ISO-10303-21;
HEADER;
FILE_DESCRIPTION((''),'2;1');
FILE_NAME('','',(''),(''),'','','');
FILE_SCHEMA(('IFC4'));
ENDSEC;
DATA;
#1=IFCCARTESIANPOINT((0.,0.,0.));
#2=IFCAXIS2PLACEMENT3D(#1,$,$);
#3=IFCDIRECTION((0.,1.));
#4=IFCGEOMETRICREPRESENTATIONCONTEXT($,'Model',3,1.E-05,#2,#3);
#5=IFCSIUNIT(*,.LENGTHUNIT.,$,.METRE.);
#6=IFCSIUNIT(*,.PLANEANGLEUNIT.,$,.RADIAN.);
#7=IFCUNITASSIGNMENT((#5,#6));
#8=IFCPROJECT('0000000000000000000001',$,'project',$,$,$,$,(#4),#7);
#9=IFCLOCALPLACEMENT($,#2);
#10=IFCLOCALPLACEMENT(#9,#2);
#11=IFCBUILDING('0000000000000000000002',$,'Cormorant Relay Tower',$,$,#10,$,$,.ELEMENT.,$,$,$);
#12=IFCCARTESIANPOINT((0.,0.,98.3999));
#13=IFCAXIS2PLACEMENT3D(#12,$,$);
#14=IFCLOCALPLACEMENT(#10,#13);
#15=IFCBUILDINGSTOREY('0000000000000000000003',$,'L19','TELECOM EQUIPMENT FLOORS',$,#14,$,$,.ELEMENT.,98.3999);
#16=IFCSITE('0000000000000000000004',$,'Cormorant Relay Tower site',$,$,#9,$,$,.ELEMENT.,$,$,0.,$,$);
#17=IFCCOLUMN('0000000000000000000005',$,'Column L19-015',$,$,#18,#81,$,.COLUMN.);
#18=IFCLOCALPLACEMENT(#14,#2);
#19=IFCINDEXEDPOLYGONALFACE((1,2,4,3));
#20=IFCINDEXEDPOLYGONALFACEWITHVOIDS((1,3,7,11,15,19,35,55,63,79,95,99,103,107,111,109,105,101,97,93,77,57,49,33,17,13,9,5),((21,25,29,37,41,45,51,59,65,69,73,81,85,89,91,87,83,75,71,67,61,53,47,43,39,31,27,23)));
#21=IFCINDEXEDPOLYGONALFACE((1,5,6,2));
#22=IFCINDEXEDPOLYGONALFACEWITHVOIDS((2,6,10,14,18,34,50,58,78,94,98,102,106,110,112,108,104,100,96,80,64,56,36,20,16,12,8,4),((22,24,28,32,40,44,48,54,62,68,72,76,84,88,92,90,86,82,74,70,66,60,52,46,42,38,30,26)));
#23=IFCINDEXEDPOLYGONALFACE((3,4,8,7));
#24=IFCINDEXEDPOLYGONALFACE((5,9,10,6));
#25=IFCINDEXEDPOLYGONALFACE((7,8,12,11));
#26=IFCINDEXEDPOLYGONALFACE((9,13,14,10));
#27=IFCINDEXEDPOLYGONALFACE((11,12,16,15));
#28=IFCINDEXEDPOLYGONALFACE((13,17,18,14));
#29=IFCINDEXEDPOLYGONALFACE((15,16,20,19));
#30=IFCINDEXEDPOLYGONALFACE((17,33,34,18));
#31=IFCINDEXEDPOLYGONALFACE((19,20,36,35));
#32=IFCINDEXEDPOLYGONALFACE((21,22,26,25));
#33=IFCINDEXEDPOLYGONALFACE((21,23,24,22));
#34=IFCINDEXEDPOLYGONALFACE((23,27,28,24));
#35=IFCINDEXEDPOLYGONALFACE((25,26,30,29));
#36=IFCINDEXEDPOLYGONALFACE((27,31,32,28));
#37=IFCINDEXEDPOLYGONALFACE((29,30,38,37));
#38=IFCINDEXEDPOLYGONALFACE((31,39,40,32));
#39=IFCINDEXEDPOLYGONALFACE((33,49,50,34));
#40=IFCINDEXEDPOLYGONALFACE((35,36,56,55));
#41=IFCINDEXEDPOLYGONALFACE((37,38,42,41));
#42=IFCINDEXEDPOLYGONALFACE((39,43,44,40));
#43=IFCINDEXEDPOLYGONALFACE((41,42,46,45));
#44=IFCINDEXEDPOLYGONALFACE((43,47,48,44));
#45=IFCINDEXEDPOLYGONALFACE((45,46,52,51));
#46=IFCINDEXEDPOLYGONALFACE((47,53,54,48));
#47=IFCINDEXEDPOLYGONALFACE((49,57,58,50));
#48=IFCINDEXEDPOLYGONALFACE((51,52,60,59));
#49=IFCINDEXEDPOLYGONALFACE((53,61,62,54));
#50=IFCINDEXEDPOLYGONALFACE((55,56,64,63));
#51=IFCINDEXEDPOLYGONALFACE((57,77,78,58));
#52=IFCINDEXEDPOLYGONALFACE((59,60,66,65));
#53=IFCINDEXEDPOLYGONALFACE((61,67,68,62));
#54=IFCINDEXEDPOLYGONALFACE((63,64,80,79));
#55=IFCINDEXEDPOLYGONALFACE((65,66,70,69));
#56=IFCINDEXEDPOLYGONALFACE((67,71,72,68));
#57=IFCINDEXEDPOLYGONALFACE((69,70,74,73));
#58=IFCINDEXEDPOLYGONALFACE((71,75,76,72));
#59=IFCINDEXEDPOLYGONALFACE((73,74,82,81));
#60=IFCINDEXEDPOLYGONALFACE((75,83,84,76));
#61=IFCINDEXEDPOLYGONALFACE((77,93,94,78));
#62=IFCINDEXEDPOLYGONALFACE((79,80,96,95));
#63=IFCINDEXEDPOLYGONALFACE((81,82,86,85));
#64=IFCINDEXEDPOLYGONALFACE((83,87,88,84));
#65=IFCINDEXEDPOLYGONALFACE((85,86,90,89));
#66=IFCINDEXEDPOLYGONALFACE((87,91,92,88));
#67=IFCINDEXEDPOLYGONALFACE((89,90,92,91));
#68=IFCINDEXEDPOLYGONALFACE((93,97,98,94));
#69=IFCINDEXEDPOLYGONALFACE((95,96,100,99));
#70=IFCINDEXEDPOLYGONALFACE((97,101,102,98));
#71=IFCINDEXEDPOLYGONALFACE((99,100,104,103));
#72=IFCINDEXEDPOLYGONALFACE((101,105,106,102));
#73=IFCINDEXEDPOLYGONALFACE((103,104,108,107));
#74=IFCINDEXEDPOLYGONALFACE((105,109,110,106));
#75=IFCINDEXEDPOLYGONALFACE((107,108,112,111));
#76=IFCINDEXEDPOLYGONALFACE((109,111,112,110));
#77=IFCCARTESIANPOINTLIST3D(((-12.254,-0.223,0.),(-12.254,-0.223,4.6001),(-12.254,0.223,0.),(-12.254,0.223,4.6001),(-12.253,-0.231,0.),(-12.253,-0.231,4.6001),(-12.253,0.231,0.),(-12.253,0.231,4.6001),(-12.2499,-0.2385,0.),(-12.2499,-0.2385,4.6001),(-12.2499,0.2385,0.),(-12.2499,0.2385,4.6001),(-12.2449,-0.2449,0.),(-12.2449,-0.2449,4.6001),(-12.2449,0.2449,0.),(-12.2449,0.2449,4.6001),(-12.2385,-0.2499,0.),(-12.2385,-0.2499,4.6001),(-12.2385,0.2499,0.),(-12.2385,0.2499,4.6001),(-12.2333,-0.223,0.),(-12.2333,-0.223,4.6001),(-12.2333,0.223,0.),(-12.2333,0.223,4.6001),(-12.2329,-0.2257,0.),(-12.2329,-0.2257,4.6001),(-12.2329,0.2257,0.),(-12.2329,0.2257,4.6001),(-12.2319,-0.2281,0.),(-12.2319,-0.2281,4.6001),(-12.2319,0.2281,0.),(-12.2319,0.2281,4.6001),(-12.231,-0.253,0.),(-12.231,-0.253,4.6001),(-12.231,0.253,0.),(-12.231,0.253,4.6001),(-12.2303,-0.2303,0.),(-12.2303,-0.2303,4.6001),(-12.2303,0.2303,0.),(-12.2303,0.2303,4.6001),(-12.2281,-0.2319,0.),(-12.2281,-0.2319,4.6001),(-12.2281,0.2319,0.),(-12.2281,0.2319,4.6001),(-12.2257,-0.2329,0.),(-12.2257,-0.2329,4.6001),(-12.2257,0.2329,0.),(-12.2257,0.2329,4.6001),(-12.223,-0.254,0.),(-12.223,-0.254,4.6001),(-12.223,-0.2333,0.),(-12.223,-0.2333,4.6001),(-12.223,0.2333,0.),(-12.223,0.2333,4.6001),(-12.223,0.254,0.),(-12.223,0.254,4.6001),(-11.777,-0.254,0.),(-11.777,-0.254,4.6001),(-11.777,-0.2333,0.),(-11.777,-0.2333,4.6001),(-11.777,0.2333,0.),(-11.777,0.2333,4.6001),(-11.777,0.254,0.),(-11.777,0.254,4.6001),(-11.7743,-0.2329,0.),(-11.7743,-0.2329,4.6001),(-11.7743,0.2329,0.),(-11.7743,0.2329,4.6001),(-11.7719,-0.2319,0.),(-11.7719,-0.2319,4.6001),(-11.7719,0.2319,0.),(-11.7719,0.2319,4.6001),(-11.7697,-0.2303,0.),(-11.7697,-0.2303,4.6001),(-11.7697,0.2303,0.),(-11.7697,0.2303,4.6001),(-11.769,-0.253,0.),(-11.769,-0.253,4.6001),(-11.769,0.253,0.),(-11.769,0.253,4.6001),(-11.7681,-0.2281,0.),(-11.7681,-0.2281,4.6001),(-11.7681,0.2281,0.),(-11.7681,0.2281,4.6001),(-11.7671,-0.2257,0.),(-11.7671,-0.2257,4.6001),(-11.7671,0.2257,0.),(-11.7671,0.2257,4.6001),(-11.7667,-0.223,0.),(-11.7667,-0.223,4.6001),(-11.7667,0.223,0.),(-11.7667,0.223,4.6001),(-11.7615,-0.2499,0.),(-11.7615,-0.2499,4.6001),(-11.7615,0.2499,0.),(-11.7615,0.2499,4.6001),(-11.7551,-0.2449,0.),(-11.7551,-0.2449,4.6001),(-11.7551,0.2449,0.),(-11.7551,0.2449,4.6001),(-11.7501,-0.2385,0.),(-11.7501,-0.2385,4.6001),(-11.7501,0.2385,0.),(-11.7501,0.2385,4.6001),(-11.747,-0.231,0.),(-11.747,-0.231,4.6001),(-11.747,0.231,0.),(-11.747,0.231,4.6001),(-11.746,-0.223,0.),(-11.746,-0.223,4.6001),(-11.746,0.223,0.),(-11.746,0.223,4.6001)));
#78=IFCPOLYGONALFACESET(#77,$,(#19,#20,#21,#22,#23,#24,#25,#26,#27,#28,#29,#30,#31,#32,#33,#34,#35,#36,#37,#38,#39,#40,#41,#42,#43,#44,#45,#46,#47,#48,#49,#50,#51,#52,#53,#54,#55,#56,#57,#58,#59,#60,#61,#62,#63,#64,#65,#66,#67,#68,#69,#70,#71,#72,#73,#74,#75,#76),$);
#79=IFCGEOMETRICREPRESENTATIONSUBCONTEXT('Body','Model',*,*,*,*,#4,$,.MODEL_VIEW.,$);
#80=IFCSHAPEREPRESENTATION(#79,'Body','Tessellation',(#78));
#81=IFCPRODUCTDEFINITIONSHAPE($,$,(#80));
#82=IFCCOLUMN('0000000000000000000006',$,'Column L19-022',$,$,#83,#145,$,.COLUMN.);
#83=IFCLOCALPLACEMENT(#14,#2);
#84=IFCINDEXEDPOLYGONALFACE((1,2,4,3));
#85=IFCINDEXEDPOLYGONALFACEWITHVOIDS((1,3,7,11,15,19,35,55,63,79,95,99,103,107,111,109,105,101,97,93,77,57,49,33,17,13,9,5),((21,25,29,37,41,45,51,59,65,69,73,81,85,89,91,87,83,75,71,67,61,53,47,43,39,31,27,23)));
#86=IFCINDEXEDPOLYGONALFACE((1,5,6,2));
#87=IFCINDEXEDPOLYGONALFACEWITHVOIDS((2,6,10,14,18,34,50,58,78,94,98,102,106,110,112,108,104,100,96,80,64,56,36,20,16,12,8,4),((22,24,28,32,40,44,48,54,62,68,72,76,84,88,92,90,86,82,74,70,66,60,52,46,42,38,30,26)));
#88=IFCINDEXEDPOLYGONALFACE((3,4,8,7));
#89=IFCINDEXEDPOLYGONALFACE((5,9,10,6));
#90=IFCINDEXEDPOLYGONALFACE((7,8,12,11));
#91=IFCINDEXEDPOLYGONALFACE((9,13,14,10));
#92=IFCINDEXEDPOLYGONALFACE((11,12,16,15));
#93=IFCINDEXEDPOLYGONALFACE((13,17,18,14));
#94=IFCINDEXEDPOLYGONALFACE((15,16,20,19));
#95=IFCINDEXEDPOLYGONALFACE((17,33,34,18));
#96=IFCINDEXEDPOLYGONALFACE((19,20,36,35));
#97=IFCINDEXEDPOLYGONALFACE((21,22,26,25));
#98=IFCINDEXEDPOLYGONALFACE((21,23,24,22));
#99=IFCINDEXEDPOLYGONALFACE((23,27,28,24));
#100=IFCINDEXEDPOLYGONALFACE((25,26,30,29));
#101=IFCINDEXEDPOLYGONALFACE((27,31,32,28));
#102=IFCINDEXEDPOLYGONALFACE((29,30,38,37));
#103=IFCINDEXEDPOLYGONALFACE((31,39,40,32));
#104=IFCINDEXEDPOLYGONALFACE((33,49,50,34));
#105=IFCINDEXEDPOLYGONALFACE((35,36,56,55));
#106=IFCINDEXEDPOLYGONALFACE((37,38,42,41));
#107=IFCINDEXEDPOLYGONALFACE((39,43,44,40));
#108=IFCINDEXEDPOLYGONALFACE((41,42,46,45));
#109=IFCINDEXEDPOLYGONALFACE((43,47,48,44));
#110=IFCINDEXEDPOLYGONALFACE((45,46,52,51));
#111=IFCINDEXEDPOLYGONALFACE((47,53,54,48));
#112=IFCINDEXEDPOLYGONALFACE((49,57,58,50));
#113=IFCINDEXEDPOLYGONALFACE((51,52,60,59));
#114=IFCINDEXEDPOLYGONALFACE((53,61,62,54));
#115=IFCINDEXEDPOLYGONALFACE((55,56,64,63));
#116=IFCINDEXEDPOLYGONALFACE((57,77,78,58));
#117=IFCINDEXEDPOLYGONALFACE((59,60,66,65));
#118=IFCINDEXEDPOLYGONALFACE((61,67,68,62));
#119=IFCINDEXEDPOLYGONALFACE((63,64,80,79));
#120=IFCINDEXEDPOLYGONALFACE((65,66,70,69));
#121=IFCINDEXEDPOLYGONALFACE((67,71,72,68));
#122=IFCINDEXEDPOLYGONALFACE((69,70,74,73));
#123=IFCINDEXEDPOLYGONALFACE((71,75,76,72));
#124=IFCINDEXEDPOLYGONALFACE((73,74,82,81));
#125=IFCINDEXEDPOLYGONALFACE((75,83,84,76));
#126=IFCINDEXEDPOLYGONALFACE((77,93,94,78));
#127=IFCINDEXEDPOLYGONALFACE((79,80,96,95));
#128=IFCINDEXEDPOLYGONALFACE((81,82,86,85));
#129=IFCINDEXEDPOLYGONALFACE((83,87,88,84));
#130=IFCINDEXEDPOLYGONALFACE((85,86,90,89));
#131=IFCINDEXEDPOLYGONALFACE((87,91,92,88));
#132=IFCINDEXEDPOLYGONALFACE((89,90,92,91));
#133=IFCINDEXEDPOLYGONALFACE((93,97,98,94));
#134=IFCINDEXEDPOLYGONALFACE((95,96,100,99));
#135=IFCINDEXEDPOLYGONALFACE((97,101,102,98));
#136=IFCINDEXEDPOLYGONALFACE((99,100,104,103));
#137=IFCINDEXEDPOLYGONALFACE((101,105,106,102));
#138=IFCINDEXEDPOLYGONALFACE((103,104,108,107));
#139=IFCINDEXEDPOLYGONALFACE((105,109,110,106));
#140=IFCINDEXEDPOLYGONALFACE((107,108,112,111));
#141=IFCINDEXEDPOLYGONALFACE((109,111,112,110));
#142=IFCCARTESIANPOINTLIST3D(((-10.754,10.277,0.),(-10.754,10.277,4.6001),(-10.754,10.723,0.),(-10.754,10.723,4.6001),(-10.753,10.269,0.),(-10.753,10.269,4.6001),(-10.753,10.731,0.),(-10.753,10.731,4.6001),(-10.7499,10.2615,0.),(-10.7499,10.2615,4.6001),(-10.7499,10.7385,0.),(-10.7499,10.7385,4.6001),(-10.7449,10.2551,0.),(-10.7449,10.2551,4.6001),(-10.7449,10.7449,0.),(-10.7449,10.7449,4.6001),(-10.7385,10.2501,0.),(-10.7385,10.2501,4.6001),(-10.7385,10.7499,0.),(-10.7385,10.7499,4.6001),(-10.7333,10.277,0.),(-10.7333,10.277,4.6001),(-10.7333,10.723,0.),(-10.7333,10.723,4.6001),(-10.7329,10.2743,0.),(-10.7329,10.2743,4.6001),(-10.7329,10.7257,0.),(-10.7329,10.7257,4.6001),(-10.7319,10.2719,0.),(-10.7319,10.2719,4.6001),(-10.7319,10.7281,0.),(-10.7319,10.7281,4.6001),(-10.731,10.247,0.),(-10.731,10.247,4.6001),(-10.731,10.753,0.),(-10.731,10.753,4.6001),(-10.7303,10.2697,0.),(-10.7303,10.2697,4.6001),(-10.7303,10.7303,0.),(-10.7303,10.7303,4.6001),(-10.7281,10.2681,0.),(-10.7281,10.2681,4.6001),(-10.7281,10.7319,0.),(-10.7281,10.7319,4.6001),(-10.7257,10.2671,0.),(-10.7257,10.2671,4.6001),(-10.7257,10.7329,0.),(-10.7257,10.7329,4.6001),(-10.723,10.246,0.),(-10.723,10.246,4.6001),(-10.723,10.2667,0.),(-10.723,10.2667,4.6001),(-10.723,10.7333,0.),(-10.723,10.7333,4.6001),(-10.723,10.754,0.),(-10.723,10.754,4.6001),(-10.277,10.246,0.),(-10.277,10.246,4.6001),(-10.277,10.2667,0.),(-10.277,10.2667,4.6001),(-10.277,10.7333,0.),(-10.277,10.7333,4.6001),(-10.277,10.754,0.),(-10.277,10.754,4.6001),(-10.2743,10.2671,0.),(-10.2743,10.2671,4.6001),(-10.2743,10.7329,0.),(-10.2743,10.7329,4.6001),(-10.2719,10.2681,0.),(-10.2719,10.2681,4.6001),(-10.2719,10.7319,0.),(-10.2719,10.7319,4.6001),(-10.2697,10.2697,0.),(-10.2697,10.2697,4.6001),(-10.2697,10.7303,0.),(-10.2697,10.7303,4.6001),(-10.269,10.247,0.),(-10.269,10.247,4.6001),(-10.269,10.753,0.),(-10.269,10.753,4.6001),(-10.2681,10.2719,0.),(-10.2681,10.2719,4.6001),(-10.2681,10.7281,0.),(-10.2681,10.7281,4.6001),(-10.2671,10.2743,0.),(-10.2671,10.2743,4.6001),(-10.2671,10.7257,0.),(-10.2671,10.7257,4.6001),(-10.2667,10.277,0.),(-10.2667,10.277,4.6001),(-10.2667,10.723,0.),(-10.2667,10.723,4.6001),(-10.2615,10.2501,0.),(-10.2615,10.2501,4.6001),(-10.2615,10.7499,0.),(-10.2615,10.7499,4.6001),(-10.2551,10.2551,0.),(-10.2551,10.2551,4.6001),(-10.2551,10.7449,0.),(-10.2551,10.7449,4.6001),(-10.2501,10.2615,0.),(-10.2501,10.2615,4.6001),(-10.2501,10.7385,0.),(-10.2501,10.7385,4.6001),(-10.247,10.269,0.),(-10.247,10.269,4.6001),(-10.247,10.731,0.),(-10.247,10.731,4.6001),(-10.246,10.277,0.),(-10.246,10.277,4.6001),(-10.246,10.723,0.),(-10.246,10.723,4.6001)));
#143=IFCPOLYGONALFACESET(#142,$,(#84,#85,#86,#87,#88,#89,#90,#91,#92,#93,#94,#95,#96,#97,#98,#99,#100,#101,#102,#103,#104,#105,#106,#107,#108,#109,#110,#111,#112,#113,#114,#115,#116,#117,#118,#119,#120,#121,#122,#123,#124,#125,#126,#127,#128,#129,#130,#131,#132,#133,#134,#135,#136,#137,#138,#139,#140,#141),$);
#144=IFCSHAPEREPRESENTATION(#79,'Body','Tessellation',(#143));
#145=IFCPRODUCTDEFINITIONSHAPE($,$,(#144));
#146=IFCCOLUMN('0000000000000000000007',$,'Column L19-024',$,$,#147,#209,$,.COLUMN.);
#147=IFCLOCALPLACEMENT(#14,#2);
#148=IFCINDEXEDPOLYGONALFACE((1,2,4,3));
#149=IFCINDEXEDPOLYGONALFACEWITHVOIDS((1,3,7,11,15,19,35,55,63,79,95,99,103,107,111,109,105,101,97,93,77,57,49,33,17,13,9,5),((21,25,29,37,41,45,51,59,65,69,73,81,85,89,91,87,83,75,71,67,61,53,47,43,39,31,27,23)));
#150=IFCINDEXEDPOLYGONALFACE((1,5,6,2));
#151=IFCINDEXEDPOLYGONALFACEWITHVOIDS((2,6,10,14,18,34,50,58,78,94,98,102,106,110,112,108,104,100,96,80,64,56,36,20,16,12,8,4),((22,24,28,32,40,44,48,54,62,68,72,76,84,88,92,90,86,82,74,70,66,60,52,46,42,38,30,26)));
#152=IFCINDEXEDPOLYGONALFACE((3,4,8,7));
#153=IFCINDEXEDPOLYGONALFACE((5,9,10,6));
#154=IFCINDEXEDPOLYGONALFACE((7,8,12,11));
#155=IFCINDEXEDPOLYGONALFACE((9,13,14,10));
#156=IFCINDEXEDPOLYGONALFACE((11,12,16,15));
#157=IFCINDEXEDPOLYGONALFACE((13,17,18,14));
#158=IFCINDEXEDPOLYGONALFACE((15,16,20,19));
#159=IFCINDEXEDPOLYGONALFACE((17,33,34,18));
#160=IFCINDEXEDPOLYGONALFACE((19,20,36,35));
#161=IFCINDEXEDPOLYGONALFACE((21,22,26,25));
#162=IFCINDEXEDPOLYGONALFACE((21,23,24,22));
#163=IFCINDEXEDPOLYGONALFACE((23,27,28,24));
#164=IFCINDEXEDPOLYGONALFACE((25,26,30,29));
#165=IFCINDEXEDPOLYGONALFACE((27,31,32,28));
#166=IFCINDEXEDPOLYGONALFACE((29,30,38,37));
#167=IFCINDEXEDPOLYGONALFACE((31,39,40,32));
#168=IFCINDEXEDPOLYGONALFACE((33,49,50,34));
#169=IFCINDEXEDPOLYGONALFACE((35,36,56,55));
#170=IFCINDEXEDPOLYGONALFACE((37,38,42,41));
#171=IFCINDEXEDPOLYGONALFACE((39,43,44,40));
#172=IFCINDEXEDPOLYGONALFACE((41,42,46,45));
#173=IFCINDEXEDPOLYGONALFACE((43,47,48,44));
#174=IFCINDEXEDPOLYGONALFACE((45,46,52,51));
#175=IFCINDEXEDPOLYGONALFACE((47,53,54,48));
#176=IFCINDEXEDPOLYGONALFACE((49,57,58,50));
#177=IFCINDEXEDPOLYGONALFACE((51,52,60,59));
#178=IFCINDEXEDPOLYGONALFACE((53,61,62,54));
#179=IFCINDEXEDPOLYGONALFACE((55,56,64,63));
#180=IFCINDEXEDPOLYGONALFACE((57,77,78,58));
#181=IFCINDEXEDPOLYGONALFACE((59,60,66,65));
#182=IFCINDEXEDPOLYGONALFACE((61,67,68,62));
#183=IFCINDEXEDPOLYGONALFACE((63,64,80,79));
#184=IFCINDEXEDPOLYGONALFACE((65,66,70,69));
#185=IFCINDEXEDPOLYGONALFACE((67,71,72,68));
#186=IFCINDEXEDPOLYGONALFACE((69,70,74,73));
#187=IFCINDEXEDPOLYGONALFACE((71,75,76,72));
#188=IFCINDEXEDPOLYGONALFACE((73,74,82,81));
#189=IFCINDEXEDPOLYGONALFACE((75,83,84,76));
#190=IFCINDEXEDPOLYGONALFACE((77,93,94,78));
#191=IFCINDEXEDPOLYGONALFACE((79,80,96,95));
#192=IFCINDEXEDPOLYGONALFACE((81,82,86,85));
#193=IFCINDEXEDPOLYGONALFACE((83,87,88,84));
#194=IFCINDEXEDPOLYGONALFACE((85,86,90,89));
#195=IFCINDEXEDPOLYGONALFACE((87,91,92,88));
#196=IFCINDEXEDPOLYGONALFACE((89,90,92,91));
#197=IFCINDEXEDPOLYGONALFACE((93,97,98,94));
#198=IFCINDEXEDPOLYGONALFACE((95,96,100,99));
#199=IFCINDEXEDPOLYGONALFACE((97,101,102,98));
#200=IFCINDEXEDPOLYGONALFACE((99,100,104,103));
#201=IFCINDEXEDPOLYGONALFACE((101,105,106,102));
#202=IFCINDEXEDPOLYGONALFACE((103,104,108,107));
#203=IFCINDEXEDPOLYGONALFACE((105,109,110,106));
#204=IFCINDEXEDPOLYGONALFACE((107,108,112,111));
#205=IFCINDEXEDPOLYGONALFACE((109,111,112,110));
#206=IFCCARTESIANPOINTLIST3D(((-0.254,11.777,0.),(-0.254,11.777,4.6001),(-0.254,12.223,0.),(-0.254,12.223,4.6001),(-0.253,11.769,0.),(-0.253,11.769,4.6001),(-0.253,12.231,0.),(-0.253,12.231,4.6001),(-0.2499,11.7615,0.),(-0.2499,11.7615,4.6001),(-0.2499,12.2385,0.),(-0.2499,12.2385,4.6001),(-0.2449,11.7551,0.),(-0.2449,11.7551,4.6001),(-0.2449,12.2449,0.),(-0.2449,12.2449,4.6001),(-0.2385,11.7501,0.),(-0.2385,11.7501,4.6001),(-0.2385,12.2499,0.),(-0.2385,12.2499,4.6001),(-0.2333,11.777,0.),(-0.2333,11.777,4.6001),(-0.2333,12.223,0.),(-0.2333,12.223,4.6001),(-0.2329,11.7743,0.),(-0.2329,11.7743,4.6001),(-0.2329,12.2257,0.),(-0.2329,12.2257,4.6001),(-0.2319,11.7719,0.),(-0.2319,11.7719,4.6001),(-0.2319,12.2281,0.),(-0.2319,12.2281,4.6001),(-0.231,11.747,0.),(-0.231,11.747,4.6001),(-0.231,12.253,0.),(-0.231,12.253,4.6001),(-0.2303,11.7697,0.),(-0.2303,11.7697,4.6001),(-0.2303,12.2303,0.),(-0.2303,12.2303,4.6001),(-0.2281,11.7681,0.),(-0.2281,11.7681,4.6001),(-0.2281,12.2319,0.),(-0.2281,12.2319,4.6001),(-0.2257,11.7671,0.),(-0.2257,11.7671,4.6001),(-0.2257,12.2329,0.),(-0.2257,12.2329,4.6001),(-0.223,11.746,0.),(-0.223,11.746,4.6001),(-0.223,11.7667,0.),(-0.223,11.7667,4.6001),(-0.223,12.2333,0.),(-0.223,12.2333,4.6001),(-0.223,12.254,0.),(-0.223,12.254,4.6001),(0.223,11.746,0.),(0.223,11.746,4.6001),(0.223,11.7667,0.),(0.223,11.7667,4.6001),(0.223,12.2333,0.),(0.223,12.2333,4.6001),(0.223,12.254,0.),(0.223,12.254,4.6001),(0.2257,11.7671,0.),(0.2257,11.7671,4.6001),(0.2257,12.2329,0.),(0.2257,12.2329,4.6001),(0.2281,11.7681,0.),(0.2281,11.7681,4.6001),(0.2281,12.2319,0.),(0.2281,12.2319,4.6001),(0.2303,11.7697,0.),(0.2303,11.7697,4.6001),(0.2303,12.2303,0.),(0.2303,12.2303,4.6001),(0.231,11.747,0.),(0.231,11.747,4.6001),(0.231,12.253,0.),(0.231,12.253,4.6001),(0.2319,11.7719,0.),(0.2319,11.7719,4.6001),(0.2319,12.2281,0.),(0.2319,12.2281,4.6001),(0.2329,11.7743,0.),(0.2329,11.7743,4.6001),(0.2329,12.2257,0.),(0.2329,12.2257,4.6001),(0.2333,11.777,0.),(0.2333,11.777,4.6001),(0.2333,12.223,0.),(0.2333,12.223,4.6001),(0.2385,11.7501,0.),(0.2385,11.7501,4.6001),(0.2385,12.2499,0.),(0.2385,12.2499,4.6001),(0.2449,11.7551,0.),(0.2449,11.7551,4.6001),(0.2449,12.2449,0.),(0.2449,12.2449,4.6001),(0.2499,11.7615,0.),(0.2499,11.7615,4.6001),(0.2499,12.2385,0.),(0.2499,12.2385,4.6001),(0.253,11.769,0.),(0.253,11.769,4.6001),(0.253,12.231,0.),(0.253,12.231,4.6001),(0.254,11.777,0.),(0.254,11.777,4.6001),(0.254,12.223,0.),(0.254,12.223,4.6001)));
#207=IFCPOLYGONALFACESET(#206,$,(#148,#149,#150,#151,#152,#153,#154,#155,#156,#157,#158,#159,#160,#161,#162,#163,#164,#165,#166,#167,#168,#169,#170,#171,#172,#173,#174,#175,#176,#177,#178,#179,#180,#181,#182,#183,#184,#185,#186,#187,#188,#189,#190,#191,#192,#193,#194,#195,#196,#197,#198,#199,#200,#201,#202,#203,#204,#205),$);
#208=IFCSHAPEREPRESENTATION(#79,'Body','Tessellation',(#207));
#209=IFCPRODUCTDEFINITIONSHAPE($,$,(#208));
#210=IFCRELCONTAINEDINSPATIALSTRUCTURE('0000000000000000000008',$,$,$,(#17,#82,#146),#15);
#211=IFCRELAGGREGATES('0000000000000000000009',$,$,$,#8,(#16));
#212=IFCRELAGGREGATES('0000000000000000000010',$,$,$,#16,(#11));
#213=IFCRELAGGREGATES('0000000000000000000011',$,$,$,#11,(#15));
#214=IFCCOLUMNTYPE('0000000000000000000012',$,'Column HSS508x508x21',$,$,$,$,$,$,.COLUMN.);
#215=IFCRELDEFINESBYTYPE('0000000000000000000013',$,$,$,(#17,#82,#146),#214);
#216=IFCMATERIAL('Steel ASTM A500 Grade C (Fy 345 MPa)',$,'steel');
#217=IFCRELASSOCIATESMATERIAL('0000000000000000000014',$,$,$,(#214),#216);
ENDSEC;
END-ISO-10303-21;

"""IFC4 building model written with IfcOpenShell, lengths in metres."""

from ifc_helpers import new_model, si_unit, direction, frame, origin, origin_2d, place, context, subcontext, project, spatial, hollow_rectangle, extrude, material, material_profile, profile_set, type_object, element, save


model = new_model("IFC4")

# Units and contexts
model_context = context("Model", 3, precision=1e-05, world=origin(), true_north=direction((0.0, 1.0)))
body_context = subcontext(model_context, "Body", "Model", "MODEL_VIEW")
ifc_project = project(units=[si_unit("LENGTHUNIT", "METRE"), si_unit("PLANEANGLEUNIT", "RADIAN")], contexts=[model_context])

# Site, building, storey
site_placement = place(None, origin())
site = spatial("IfcSite", under=ifc_project, at=site_placement, Name="Cormorant Relay Tower site", CompositionType="ELEMENT", RefElevation=0.0)
building_placement = place(site_placement, origin())
building = spatial("IfcBuilding", under=site, at=building_placement, Name="Cormorant Relay Tower", CompositionType="ELEMENT")
storey_placement = place(building_placement, frame((0.0, 0.0, 98.3999)))
storey = spatial("IfcBuildingStorey", under=building, at=storey_placement, Name="L19", Description="TELECOM EQUIPMENT FLOORS", CompositionType="ELEMENT", Elevation=98.3999)

# Columns
ifc_material_1 = material(Name="Steel ASTM A500 Grade C (Fy 345 MPa)", Category="steel")
ifc_material_profile = material_profile(ifc_material_1, hollow_rectangle(XDim=0.5081, YDim=0.5081, WallThickness=0.0208, InnerFilletRadius=0.0103, OuterFilletRadius=0.031, at=origin_2d()), Name="HSS508x508x21")
ifc_profile_set = profile_set([ifc_material_profile], Name="Steel ASTM A500 Grade C (Fy 345 MPa)")
column_type = type_object("IfcColumnType", Name="Column HSS508x508x21", PredefinedType="COLUMN", material=ifc_profile_set)
for number, where, z_axis, x_axis, name in (
    (1, (-12.0, 0.0, 0.0), (0.0, 0.0, 1.0), (1.0, 0.0, 0.0), "Column L19-015"),
    (2, (-10.5, 10.5, 0.0), (0.0, 0.0, 1.0), (1.0, 0.0, 0.0), "Column L19-022"),
    (3, (0.0, 12.0, 0.0), (0.0, 0.0, 1.0), (1.0, 0.0, 0.0), "Column L19-024"),
):
    element("IfcColumn", number, at=place(storey_placement, frame(where, z_axis=z_axis, x_axis=x_axis)), inside=storey, type_object=column_type, Name=name, PredefinedType="COLUMN", context=body_context, shape_type="SweptSolid", body=[
        extrude(hollow_rectangle(XDim=0.5081, YDim=0.5081, WallThickness=0.0208, InnerFilletRadius=0.0103, OuterFilletRadius=0.031, at=origin_2d()), origin(), (0.0, 0.0, 1.0), 4.6001),
    ])

save(model, "model.ifc")
